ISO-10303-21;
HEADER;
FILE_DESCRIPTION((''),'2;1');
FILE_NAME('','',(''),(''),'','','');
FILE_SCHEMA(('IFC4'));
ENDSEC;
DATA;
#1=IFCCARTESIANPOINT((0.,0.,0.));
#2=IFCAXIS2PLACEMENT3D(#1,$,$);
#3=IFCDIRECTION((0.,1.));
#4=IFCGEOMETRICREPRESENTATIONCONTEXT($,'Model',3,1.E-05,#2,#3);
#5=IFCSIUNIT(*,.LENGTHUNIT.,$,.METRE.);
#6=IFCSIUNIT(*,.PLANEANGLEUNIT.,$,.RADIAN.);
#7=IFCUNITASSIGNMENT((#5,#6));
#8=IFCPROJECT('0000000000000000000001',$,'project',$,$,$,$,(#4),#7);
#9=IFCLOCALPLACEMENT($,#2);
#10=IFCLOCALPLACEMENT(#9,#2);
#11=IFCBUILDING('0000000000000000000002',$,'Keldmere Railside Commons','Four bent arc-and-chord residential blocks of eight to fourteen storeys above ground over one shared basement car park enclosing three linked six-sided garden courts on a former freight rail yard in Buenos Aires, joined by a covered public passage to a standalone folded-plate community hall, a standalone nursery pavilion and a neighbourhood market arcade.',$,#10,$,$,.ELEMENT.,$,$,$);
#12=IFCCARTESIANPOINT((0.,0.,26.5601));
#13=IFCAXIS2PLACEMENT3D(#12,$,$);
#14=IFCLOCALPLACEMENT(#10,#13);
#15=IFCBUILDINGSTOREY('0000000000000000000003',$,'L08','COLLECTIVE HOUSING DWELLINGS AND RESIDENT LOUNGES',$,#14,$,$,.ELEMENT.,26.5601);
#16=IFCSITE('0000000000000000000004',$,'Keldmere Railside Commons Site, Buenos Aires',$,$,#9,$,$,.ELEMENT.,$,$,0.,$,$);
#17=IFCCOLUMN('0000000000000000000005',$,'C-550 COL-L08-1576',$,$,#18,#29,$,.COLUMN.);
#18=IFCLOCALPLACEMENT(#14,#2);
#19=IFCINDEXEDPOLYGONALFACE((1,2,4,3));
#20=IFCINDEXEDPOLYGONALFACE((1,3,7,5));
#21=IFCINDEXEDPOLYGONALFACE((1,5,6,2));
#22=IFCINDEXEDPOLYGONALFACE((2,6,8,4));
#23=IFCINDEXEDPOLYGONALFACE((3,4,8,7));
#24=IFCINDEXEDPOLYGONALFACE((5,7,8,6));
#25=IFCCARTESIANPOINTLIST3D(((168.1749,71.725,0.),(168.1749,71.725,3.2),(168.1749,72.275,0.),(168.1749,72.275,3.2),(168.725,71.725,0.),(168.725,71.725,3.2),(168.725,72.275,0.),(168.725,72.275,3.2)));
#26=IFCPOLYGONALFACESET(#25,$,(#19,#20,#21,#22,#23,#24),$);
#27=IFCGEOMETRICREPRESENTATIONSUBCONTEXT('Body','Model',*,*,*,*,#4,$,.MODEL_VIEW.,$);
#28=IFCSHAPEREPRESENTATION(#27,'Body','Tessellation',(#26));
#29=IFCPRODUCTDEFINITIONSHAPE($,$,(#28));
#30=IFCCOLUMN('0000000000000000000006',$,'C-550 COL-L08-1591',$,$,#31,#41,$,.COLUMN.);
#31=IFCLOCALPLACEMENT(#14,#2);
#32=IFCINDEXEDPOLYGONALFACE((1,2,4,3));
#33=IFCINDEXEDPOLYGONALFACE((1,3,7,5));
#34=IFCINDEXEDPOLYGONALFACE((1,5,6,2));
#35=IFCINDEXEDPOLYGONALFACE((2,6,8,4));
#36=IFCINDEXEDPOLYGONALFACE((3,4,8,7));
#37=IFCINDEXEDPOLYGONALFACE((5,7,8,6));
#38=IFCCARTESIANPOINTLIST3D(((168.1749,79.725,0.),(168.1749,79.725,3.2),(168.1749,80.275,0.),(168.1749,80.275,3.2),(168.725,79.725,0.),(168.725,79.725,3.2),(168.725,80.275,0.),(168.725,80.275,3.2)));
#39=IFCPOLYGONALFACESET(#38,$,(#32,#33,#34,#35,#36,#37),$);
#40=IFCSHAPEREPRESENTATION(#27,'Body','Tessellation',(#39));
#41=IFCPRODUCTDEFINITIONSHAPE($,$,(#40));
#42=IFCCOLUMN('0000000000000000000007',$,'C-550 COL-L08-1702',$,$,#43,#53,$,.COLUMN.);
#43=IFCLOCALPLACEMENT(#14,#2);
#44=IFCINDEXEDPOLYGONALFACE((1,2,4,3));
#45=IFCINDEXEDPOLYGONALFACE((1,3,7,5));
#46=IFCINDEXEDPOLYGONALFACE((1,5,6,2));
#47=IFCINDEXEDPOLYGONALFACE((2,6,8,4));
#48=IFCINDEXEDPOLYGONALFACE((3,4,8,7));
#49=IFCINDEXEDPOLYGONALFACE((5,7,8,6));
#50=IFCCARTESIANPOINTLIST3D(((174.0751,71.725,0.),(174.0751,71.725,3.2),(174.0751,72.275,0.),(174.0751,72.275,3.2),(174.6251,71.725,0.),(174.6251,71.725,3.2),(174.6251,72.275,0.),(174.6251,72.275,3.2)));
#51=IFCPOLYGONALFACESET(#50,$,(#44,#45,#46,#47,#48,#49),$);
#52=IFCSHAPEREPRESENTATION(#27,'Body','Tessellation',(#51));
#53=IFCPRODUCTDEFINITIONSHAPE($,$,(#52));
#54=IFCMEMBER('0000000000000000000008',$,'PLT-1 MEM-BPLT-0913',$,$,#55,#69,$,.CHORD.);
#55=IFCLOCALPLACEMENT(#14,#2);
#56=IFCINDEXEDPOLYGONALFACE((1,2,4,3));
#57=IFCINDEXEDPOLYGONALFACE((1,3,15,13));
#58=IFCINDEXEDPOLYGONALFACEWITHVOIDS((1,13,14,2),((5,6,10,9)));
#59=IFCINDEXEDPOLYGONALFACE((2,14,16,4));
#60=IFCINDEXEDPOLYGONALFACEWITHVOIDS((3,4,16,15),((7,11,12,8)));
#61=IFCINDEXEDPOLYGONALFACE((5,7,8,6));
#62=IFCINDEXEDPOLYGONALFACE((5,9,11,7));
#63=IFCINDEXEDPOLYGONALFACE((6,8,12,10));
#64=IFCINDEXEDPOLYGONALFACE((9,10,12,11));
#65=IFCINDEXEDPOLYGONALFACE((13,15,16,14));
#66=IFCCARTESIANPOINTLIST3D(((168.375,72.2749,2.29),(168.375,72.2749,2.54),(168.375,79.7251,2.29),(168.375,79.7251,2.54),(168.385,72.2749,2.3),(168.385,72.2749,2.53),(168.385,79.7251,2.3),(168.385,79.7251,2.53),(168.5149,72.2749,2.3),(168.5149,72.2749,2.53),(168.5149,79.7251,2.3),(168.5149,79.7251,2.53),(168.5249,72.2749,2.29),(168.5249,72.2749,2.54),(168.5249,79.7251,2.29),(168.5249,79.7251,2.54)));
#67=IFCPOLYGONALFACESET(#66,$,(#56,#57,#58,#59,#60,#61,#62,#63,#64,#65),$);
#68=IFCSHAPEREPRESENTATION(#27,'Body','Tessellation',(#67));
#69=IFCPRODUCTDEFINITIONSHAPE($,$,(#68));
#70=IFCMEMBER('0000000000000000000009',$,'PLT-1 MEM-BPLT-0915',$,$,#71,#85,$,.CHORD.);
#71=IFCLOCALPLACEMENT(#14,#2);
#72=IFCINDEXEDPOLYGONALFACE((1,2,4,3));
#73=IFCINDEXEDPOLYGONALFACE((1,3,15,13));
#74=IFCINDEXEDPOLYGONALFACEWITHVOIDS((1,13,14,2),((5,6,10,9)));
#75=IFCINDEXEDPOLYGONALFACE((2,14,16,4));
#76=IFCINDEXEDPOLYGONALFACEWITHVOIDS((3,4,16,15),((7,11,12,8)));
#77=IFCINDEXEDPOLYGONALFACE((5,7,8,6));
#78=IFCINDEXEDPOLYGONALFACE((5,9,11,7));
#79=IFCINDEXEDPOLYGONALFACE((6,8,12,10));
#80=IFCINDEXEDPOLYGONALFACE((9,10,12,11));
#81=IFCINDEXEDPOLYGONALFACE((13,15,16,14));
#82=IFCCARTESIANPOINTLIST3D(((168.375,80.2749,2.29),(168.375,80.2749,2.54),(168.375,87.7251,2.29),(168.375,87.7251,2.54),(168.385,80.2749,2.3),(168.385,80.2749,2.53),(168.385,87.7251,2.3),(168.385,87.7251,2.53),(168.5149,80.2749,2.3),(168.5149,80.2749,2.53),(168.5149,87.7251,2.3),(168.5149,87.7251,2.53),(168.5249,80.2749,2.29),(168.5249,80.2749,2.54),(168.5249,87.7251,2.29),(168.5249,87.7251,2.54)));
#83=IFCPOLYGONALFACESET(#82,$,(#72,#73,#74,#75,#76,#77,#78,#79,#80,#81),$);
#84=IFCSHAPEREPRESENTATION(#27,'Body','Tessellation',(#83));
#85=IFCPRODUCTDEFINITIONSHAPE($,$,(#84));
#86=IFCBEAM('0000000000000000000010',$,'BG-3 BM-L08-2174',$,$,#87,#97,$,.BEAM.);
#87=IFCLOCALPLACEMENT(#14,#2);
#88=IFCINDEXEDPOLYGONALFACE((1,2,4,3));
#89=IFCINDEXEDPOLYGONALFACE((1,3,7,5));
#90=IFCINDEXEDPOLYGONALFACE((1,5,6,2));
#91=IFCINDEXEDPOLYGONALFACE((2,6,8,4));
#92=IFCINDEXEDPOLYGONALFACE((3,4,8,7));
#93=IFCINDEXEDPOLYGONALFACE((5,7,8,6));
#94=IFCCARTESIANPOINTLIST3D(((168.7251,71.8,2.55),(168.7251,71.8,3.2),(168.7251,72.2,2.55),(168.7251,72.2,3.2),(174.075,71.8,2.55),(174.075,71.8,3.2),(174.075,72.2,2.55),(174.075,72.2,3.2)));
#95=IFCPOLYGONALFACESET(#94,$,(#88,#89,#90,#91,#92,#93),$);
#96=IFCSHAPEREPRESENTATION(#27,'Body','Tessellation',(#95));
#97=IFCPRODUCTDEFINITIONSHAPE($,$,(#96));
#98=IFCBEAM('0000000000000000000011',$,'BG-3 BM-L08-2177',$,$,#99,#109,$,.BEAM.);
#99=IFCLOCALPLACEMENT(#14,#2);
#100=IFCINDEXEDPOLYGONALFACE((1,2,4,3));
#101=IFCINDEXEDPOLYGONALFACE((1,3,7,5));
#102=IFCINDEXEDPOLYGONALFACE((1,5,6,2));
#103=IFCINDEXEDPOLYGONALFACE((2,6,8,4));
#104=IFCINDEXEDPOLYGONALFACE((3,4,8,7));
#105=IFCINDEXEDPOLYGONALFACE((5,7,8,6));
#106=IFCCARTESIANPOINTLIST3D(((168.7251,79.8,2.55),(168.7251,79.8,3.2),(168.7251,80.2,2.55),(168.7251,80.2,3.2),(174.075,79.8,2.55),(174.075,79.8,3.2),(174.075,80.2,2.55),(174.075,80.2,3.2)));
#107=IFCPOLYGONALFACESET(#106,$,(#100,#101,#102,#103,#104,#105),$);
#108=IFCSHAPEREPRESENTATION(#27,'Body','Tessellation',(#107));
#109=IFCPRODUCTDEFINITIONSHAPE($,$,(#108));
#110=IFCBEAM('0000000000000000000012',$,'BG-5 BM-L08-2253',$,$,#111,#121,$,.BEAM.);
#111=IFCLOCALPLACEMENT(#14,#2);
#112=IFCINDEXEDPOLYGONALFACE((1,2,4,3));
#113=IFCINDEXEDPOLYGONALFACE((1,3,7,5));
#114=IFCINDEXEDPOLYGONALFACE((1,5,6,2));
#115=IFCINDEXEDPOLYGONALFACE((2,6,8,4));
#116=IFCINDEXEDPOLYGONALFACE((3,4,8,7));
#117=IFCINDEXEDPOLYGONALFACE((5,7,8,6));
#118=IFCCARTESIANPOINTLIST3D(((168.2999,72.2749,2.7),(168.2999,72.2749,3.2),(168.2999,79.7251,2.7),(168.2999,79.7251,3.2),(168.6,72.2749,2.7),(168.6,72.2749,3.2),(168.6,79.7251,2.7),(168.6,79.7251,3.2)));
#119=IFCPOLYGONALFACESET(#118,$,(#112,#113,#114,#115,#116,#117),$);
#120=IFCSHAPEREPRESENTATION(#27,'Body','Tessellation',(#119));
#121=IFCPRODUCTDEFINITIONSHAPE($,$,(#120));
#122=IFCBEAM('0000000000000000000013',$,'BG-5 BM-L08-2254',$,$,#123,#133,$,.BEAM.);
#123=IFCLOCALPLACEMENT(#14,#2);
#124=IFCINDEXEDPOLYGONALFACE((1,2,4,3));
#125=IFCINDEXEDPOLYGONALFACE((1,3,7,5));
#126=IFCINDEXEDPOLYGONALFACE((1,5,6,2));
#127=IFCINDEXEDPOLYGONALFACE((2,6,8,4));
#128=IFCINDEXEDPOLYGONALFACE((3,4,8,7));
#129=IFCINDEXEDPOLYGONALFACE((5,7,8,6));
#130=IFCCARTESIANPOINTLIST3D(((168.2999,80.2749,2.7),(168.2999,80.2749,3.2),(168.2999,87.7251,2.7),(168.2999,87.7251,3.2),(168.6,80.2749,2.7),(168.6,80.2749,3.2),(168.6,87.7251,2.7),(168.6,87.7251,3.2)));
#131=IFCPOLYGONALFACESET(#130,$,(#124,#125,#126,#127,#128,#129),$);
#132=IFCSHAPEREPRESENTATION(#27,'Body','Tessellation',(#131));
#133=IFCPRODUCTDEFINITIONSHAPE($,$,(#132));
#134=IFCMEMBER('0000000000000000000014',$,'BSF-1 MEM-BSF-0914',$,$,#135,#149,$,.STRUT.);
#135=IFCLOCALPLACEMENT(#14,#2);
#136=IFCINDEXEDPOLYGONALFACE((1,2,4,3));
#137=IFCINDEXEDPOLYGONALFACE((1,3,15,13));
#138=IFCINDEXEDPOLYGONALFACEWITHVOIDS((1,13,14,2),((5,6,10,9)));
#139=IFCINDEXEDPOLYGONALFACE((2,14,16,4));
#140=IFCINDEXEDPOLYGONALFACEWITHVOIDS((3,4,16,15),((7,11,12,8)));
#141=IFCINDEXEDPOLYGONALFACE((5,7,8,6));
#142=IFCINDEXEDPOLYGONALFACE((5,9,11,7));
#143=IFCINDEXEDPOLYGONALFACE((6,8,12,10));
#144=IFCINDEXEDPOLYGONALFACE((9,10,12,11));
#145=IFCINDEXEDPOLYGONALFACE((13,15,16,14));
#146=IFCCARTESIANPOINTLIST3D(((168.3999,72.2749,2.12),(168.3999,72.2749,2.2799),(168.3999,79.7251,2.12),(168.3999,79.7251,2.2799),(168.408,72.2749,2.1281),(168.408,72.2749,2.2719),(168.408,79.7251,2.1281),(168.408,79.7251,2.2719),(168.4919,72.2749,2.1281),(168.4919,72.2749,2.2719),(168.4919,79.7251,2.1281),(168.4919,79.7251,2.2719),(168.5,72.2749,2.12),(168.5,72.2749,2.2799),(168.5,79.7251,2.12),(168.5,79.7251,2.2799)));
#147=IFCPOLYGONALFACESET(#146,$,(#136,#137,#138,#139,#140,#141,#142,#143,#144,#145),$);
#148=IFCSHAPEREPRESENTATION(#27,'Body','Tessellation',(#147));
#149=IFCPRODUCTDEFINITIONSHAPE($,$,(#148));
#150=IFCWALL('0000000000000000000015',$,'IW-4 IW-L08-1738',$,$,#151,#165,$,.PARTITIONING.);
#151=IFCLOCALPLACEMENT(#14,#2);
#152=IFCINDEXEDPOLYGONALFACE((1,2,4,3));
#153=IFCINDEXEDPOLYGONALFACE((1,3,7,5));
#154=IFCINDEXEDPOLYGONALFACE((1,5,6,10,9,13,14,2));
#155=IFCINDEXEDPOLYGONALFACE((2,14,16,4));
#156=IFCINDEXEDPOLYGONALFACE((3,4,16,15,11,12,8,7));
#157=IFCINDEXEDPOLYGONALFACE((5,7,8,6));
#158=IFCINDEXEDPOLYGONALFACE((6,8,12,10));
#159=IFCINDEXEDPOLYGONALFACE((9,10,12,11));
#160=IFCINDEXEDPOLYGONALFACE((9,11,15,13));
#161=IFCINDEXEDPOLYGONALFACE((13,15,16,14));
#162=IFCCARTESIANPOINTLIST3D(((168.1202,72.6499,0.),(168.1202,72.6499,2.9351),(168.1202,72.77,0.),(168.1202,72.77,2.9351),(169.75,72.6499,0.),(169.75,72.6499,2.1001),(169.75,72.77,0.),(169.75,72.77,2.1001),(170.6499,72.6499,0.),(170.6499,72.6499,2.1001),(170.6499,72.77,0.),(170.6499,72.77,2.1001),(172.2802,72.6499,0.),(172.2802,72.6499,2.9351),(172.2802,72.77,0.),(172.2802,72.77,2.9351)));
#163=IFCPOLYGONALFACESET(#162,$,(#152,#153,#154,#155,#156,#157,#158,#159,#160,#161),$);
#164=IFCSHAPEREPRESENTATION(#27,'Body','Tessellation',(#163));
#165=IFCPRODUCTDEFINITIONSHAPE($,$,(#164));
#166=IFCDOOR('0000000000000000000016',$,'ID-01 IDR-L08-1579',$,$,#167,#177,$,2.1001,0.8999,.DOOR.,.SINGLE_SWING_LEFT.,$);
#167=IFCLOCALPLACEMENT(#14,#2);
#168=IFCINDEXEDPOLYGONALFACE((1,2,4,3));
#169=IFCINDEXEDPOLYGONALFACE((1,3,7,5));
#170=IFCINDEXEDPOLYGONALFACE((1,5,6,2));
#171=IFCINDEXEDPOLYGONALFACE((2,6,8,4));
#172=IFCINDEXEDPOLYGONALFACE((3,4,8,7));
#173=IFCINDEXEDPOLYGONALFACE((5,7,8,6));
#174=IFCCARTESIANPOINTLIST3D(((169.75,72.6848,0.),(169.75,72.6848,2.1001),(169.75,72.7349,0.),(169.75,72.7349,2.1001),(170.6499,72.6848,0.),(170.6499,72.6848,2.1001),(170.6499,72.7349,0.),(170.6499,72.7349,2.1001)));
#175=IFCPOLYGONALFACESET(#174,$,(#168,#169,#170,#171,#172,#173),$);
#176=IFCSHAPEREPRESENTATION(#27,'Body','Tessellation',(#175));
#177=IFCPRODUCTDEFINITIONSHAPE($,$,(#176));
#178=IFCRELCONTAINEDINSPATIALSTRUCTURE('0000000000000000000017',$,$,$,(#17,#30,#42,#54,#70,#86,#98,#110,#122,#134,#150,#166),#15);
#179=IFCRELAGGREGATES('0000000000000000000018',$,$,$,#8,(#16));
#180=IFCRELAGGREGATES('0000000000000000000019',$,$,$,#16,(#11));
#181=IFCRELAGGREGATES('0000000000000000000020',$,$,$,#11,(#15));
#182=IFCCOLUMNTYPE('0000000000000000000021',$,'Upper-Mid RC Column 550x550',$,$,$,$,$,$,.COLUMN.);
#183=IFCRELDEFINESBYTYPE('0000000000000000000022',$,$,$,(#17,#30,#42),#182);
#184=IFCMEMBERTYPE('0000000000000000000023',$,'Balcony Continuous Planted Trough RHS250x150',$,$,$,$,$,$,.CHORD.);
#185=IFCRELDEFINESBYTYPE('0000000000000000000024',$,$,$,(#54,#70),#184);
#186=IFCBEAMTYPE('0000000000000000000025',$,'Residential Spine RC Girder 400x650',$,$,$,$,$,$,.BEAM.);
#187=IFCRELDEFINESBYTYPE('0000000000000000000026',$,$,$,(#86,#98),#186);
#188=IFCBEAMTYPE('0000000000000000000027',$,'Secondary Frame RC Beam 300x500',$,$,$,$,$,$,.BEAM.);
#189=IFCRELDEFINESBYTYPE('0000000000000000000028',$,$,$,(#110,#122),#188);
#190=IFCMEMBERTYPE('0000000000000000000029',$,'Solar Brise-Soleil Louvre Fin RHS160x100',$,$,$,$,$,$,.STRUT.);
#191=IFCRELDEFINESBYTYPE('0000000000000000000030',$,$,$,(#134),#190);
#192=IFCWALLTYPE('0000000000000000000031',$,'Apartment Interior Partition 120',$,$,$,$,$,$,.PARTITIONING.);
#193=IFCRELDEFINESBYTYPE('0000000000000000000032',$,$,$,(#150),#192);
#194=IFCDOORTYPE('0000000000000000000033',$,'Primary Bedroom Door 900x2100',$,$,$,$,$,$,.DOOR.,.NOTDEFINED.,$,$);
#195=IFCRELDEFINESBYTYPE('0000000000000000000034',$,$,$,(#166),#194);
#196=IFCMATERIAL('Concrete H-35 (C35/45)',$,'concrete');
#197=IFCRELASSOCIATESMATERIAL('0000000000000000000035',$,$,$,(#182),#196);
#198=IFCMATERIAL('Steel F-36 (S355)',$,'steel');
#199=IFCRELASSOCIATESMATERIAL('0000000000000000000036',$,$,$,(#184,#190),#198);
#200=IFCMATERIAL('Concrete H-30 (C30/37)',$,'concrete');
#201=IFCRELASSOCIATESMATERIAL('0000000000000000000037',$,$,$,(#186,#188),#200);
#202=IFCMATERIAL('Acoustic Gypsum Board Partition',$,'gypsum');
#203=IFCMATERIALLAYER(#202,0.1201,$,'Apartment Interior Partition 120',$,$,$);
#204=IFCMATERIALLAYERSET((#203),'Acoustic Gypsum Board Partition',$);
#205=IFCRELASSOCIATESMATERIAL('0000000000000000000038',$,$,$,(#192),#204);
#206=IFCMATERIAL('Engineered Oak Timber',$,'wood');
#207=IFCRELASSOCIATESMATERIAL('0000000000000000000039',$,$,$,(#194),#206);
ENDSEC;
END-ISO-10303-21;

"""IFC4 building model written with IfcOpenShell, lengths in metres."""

from ifc_helpers import new_model, si_unit, direction, frame, frame_2d, origin, origin_2d, place, context, subcontext, project, spatial, rectangle, hollow_rectangle, extrude, material, layer, layer_set, material_profile, profile_set, type_object, element, fill, save


model = new_model("IFC4")

# Units and contexts
model_context = context("Model", 3, precision=1e-05, world=origin(), true_north=direction((0.0, 1.0)))
body_context = subcontext(model_context, "Body", "Model", "MODEL_VIEW")
ifc_project = project(units=[si_unit("LENGTHUNIT", "METRE"), si_unit("PLANEANGLEUNIT", "RADIAN")], contexts=[model_context])

# Site, building, storey
site_placement = place(None, origin())
site = spatial("IfcSite", under=ifc_project, at=site_placement, Name="Keldmere Railside Commons Site, Buenos Aires", CompositionType="ELEMENT", RefElevation=0.0)
building_placement = place(site_placement, origin())
building = spatial("IfcBuilding", under=site, at=building_placement, Name="Keldmere Railside Commons", Description="Four bent arc-and-chord residential blocks of eight to fourteen storeys above ground over one shared basement car park enclosing three linked six-sided garden courts on a former freight rail yard in Buenos Aires, joined by a covered public passage to a standalone folded-plate community hall, a standalone nursery pavilion and a neighbourhood market arcade.", CompositionType="ELEMENT")
storey_placement = place(building_placement, frame((0.0, 0.0, 26.5601)))
storey = spatial("IfcBuildingStorey", under=building, at=storey_placement, Name="L08", Description="COLLECTIVE HOUSING DWELLINGS AND RESIDENT LOUNGES", CompositionType="ELEMENT", Elevation=26.5601)

# Columns
ifc_material_1 = material(Name="Concrete H-35 (C35/45)", Category="concrete")
ifc_material_profile_1 = material_profile(ifc_material_1, rectangle(XDim=0.55, YDim=0.55, at=origin_2d()), Name="RC-550x550")
ifc_profile_set_1 = profile_set([ifc_material_profile_1], Name="Concrete H-35 (C35/45)")
column_type = type_object("IfcColumnType", Name="Upper-Mid RC Column 550x550", PredefinedType="COLUMN", material=ifc_profile_set_1)
for number, where, z_axis, x_axis, name in (
    (1, (168.45, 72.0, 0.0), (0.0, 0.0, 1.0), (1.0, 0.0, 0.0), "C-550 COL-L08-1576"),
    (2, (168.45, 80.0, 0.0), (0.0, 0.0, 1.0), (1.0, 0.0, 0.0), "C-550 COL-L08-1591"),
    (3, (174.3501, 72.0, 0.0), (0.0, 0.0, 1.0), (1.0, 0.0, 0.0), "C-550 COL-L08-1702"),
):
    element("IfcColumn", number, at=place(storey_placement, frame(where, z_axis=z_axis, x_axis=x_axis)), inside=storey, type_object=column_type, Name=name, PredefinedType="COLUMN", context=body_context, shape_type="SweptSolid", body=[
        extrude(rectangle(XDim=0.55, YDim=0.55, at=origin_2d()), origin(), (0.0, 0.0, 1.0), 3.2),
    ])

# Members
ifc_material_2 = material(Name="Steel F-36 (S355)", Category="steel")
ifc_material_profile_2 = material_profile(ifc_material_2, hollow_rectangle(XDim=0.1499, YDim=0.25, WallThickness=0.01, at=origin_2d()), Name="RHS-250x150x10")
ifc_profile_set_2 = profile_set([ifc_material_profile_2], Name="Steel F-36 (S355)")
member_type_1 = type_object("IfcMemberType", Name="Balcony Continuous Planted Trough RHS250x150", PredefinedType="CHORD", material=ifc_profile_set_2)
for number, where, z_axis, x_axis, name in (
    (4, (168.45, 72.2749, 2.415), (0.0, 1.0, 0.0), (-1.0, 0.0, 0.0), "PLT-1 MEM-BPLT-0913"),
    (5, (168.45, 80.2749, 2.415), (0.0, 1.0, 0.0), (-1.0, 0.0, 0.0), "PLT-1 MEM-BPLT-0915"),
):
    element("IfcMember", number, at=place(storey_placement, frame(where, z_axis=z_axis, x_axis=x_axis)), inside=storey, type_object=member_type_1, Name=name, PredefinedType="CHORD", context=body_context, shape_type="SweptSolid", body=[
        extrude(hollow_rectangle(XDim=0.1499, YDim=0.25, WallThickness=0.01, at=origin_2d()), origin(), (0.0, 0.0, 1.0), 7.4502),
    ])

# Beams
ifc_material_3 = material(Name="Concrete H-30 (C30/37)", Category="concrete")
ifc_material_profile_3 = material_profile(ifc_material_3, rectangle(XDim=0.3999, YDim=0.6499, at=origin_2d()), Name="RC-400x650")
ifc_profile_set_3 = profile_set([ifc_material_profile_3], Name="Concrete H-30 (C30/37)")
beam_type_1 = type_object("IfcBeamType", Name="Residential Spine RC Girder 400x650", PredefinedType="BEAM", material=ifc_profile_set_3)
for number, where, z_axis, x_axis, name in (
    (6, (168.7251, 72.0, 2.875), (1.0, 0.0, 0.0), (0.0, 1.0, 0.0), "BG-3 BM-L08-2174"),
    (7, (168.7251, 80.0, 2.875), (1.0, 0.0, 0.0), (0.0, 1.0, 0.0), "BG-3 BM-L08-2177"),
):
    element("IfcBeam", number, at=place(storey_placement, frame(where, z_axis=z_axis, x_axis=x_axis)), inside=storey, type_object=beam_type_1, Name=name, PredefinedType="BEAM", context=body_context, shape_type="SweptSolid", body=[
        extrude(rectangle(XDim=0.3999, YDim=0.6499, at=origin_2d()), origin(), (0.0, 0.0, 1.0), 5.3499),
    ])
ifc_material_profile_4 = material_profile(ifc_material_3, rectangle(XDim=0.3, YDim=0.5, at=origin_2d()), Name="RC-300x500")
ifc_profile_set_4 = profile_set([ifc_material_profile_4], Name="Concrete H-30 (C30/37)")
beam_type_2 = type_object("IfcBeamType", Name="Secondary Frame RC Beam 300x500", PredefinedType="BEAM", material=ifc_profile_set_4)
for number, where, z_axis, x_axis, name in (
    (8, (168.45, 72.2749, 2.95), (0.0, 1.0, 0.0), (-1.0, 0.0, 0.0), "BG-5 BM-L08-2253"),
    (9, (168.45, 80.2749, 2.95), (0.0, 1.0, 0.0), (-1.0, 0.0, 0.0), "BG-5 BM-L08-2254"),
):
    element("IfcBeam", number, at=place(storey_placement, frame(where, z_axis=z_axis, x_axis=x_axis)), inside=storey, type_object=beam_type_2, Name=name, PredefinedType="BEAM", context=body_context, shape_type="SweptSolid", body=[
        extrude(rectangle(XDim=0.3, YDim=0.5, at=origin_2d()), origin(), (0.0, 0.0, 1.0), 7.4502),
    ])

# Member
ifc_material_profile_5 = material_profile(ifc_material_2, hollow_rectangle(XDim=0.1001, YDim=0.1599, WallThickness=0.0081, at=origin_2d()), Name="RHS-160x100x8")
ifc_profile_set_5 = profile_set([ifc_material_profile_5], Name="Steel F-36 (S355)")
member_type_2 = type_object("IfcMemberType", Name="Solar Brise-Soleil Louvre Fin RHS160x100", PredefinedType="STRUT", material=ifc_profile_set_5)
member_placement = place(storey_placement, frame((168.45, 72.2749, 2.2), z_axis=(0.0, 1.0, 0.0), x_axis=(-1.0, 0.0, 0.0)))
element("IfcMember", 10, at=member_placement, inside=storey, type_object=member_type_2, Name="BSF-1 MEM-BSF-0914", PredefinedType="STRUT", context=body_context, shape_type="SweptSolid", body=[
    extrude(hollow_rectangle(XDim=0.1001, YDim=0.1599, WallThickness=0.0081, at=origin_2d()), origin(), (0.0, 0.0, 1.0), 7.4502),
])

# Wall, opening, door
ifc_material_4 = material(Name="Acoustic Gypsum Board Partition", Category="gypsum")
ifc_layer_1 = layer(ifc_material_4, 0.1201, Name="Apartment Interior Partition 120")
ifc_layer_set_1 = layer_set([ifc_layer_1], Name="Acoustic Gypsum Board Partition")
wall_type_1 = type_object("IfcWallType", Name="Apartment Interior Partition 120", PredefinedType="PARTITIONING", material=ifc_layer_set_1)
wall_1_placement = place(storey_placement, frame((168.1201, 72.71, 0.0), z_axis=(0.0, 0.0, 1.0), x_axis=(1.0, 0.0, 0.0)))
wall_1 = element("IfcWall", 11, at=wall_1_placement, inside=storey, type_object=wall_type_1, Name="IW-4 IW-L08-1738", PredefinedType="PARTITIONING", context=body_context, shape_type="SweptSolid", body=[
    extrude(rectangle(XDim=4.1599, YDim=0.1201, at=frame_2d((2.0801, 0.0))), origin(), (0.0, 0.0, 1.0), 2.9351),
])
opening_1_placement = place(wall_1_placement, frame((1.6299, 0.0, 0.0)))
opening_1 = element("IfcOpeningElement", 12, at=opening_1_placement, cuts=wall_1, PredefinedType="OPENING", context=body_context, shape_type="SweptSolid", body=[
    extrude(rectangle(XDim=0.8999, YDim=2.1001, at=frame_2d((0.45, 1.05))), frame((0.0, 0.0701, 0.0), z_axis=(0.0, -1.0, 0.0), x_axis=(1.0, 0.0, 0.0)), (0.0, 0.0, 1.0), 0.1401),
])
ifc_material_5 = material(Name="Engineered Oak Timber", Category="wood")
door_type_1 = type_object("IfcDoorType", Name="Primary Bedroom Door 900x2100", OperationType="NOTDEFINED", PredefinedType="DOOR", material=ifc_material_5)
door_1_placement = place(opening_1_placement, origin())
door_1 = element("IfcDoor", 13, at=door_1_placement, inside=storey, type_object=door_type_1, Name="ID-01 IDR-L08-1579", OperationType="SINGLE_SWING_LEFT", OverallHeight=2.1001, OverallWidth=0.8999, PredefinedType="DOOR", context=body_context, shape_type="SweptSolid", body=[
    extrude(rectangle(XDim=0.8999, YDim=2.1001, at=frame_2d((0.45, 1.05))), frame((0.0, 0.0249, 0.0), z_axis=(0.0, -1.0, 0.0), x_axis=(1.0, 0.0, 0.0)), (0.0, 0.0, 1.0), 0.05),
])
fill(opening_1, door_1)

save(model, "model.ifc")
